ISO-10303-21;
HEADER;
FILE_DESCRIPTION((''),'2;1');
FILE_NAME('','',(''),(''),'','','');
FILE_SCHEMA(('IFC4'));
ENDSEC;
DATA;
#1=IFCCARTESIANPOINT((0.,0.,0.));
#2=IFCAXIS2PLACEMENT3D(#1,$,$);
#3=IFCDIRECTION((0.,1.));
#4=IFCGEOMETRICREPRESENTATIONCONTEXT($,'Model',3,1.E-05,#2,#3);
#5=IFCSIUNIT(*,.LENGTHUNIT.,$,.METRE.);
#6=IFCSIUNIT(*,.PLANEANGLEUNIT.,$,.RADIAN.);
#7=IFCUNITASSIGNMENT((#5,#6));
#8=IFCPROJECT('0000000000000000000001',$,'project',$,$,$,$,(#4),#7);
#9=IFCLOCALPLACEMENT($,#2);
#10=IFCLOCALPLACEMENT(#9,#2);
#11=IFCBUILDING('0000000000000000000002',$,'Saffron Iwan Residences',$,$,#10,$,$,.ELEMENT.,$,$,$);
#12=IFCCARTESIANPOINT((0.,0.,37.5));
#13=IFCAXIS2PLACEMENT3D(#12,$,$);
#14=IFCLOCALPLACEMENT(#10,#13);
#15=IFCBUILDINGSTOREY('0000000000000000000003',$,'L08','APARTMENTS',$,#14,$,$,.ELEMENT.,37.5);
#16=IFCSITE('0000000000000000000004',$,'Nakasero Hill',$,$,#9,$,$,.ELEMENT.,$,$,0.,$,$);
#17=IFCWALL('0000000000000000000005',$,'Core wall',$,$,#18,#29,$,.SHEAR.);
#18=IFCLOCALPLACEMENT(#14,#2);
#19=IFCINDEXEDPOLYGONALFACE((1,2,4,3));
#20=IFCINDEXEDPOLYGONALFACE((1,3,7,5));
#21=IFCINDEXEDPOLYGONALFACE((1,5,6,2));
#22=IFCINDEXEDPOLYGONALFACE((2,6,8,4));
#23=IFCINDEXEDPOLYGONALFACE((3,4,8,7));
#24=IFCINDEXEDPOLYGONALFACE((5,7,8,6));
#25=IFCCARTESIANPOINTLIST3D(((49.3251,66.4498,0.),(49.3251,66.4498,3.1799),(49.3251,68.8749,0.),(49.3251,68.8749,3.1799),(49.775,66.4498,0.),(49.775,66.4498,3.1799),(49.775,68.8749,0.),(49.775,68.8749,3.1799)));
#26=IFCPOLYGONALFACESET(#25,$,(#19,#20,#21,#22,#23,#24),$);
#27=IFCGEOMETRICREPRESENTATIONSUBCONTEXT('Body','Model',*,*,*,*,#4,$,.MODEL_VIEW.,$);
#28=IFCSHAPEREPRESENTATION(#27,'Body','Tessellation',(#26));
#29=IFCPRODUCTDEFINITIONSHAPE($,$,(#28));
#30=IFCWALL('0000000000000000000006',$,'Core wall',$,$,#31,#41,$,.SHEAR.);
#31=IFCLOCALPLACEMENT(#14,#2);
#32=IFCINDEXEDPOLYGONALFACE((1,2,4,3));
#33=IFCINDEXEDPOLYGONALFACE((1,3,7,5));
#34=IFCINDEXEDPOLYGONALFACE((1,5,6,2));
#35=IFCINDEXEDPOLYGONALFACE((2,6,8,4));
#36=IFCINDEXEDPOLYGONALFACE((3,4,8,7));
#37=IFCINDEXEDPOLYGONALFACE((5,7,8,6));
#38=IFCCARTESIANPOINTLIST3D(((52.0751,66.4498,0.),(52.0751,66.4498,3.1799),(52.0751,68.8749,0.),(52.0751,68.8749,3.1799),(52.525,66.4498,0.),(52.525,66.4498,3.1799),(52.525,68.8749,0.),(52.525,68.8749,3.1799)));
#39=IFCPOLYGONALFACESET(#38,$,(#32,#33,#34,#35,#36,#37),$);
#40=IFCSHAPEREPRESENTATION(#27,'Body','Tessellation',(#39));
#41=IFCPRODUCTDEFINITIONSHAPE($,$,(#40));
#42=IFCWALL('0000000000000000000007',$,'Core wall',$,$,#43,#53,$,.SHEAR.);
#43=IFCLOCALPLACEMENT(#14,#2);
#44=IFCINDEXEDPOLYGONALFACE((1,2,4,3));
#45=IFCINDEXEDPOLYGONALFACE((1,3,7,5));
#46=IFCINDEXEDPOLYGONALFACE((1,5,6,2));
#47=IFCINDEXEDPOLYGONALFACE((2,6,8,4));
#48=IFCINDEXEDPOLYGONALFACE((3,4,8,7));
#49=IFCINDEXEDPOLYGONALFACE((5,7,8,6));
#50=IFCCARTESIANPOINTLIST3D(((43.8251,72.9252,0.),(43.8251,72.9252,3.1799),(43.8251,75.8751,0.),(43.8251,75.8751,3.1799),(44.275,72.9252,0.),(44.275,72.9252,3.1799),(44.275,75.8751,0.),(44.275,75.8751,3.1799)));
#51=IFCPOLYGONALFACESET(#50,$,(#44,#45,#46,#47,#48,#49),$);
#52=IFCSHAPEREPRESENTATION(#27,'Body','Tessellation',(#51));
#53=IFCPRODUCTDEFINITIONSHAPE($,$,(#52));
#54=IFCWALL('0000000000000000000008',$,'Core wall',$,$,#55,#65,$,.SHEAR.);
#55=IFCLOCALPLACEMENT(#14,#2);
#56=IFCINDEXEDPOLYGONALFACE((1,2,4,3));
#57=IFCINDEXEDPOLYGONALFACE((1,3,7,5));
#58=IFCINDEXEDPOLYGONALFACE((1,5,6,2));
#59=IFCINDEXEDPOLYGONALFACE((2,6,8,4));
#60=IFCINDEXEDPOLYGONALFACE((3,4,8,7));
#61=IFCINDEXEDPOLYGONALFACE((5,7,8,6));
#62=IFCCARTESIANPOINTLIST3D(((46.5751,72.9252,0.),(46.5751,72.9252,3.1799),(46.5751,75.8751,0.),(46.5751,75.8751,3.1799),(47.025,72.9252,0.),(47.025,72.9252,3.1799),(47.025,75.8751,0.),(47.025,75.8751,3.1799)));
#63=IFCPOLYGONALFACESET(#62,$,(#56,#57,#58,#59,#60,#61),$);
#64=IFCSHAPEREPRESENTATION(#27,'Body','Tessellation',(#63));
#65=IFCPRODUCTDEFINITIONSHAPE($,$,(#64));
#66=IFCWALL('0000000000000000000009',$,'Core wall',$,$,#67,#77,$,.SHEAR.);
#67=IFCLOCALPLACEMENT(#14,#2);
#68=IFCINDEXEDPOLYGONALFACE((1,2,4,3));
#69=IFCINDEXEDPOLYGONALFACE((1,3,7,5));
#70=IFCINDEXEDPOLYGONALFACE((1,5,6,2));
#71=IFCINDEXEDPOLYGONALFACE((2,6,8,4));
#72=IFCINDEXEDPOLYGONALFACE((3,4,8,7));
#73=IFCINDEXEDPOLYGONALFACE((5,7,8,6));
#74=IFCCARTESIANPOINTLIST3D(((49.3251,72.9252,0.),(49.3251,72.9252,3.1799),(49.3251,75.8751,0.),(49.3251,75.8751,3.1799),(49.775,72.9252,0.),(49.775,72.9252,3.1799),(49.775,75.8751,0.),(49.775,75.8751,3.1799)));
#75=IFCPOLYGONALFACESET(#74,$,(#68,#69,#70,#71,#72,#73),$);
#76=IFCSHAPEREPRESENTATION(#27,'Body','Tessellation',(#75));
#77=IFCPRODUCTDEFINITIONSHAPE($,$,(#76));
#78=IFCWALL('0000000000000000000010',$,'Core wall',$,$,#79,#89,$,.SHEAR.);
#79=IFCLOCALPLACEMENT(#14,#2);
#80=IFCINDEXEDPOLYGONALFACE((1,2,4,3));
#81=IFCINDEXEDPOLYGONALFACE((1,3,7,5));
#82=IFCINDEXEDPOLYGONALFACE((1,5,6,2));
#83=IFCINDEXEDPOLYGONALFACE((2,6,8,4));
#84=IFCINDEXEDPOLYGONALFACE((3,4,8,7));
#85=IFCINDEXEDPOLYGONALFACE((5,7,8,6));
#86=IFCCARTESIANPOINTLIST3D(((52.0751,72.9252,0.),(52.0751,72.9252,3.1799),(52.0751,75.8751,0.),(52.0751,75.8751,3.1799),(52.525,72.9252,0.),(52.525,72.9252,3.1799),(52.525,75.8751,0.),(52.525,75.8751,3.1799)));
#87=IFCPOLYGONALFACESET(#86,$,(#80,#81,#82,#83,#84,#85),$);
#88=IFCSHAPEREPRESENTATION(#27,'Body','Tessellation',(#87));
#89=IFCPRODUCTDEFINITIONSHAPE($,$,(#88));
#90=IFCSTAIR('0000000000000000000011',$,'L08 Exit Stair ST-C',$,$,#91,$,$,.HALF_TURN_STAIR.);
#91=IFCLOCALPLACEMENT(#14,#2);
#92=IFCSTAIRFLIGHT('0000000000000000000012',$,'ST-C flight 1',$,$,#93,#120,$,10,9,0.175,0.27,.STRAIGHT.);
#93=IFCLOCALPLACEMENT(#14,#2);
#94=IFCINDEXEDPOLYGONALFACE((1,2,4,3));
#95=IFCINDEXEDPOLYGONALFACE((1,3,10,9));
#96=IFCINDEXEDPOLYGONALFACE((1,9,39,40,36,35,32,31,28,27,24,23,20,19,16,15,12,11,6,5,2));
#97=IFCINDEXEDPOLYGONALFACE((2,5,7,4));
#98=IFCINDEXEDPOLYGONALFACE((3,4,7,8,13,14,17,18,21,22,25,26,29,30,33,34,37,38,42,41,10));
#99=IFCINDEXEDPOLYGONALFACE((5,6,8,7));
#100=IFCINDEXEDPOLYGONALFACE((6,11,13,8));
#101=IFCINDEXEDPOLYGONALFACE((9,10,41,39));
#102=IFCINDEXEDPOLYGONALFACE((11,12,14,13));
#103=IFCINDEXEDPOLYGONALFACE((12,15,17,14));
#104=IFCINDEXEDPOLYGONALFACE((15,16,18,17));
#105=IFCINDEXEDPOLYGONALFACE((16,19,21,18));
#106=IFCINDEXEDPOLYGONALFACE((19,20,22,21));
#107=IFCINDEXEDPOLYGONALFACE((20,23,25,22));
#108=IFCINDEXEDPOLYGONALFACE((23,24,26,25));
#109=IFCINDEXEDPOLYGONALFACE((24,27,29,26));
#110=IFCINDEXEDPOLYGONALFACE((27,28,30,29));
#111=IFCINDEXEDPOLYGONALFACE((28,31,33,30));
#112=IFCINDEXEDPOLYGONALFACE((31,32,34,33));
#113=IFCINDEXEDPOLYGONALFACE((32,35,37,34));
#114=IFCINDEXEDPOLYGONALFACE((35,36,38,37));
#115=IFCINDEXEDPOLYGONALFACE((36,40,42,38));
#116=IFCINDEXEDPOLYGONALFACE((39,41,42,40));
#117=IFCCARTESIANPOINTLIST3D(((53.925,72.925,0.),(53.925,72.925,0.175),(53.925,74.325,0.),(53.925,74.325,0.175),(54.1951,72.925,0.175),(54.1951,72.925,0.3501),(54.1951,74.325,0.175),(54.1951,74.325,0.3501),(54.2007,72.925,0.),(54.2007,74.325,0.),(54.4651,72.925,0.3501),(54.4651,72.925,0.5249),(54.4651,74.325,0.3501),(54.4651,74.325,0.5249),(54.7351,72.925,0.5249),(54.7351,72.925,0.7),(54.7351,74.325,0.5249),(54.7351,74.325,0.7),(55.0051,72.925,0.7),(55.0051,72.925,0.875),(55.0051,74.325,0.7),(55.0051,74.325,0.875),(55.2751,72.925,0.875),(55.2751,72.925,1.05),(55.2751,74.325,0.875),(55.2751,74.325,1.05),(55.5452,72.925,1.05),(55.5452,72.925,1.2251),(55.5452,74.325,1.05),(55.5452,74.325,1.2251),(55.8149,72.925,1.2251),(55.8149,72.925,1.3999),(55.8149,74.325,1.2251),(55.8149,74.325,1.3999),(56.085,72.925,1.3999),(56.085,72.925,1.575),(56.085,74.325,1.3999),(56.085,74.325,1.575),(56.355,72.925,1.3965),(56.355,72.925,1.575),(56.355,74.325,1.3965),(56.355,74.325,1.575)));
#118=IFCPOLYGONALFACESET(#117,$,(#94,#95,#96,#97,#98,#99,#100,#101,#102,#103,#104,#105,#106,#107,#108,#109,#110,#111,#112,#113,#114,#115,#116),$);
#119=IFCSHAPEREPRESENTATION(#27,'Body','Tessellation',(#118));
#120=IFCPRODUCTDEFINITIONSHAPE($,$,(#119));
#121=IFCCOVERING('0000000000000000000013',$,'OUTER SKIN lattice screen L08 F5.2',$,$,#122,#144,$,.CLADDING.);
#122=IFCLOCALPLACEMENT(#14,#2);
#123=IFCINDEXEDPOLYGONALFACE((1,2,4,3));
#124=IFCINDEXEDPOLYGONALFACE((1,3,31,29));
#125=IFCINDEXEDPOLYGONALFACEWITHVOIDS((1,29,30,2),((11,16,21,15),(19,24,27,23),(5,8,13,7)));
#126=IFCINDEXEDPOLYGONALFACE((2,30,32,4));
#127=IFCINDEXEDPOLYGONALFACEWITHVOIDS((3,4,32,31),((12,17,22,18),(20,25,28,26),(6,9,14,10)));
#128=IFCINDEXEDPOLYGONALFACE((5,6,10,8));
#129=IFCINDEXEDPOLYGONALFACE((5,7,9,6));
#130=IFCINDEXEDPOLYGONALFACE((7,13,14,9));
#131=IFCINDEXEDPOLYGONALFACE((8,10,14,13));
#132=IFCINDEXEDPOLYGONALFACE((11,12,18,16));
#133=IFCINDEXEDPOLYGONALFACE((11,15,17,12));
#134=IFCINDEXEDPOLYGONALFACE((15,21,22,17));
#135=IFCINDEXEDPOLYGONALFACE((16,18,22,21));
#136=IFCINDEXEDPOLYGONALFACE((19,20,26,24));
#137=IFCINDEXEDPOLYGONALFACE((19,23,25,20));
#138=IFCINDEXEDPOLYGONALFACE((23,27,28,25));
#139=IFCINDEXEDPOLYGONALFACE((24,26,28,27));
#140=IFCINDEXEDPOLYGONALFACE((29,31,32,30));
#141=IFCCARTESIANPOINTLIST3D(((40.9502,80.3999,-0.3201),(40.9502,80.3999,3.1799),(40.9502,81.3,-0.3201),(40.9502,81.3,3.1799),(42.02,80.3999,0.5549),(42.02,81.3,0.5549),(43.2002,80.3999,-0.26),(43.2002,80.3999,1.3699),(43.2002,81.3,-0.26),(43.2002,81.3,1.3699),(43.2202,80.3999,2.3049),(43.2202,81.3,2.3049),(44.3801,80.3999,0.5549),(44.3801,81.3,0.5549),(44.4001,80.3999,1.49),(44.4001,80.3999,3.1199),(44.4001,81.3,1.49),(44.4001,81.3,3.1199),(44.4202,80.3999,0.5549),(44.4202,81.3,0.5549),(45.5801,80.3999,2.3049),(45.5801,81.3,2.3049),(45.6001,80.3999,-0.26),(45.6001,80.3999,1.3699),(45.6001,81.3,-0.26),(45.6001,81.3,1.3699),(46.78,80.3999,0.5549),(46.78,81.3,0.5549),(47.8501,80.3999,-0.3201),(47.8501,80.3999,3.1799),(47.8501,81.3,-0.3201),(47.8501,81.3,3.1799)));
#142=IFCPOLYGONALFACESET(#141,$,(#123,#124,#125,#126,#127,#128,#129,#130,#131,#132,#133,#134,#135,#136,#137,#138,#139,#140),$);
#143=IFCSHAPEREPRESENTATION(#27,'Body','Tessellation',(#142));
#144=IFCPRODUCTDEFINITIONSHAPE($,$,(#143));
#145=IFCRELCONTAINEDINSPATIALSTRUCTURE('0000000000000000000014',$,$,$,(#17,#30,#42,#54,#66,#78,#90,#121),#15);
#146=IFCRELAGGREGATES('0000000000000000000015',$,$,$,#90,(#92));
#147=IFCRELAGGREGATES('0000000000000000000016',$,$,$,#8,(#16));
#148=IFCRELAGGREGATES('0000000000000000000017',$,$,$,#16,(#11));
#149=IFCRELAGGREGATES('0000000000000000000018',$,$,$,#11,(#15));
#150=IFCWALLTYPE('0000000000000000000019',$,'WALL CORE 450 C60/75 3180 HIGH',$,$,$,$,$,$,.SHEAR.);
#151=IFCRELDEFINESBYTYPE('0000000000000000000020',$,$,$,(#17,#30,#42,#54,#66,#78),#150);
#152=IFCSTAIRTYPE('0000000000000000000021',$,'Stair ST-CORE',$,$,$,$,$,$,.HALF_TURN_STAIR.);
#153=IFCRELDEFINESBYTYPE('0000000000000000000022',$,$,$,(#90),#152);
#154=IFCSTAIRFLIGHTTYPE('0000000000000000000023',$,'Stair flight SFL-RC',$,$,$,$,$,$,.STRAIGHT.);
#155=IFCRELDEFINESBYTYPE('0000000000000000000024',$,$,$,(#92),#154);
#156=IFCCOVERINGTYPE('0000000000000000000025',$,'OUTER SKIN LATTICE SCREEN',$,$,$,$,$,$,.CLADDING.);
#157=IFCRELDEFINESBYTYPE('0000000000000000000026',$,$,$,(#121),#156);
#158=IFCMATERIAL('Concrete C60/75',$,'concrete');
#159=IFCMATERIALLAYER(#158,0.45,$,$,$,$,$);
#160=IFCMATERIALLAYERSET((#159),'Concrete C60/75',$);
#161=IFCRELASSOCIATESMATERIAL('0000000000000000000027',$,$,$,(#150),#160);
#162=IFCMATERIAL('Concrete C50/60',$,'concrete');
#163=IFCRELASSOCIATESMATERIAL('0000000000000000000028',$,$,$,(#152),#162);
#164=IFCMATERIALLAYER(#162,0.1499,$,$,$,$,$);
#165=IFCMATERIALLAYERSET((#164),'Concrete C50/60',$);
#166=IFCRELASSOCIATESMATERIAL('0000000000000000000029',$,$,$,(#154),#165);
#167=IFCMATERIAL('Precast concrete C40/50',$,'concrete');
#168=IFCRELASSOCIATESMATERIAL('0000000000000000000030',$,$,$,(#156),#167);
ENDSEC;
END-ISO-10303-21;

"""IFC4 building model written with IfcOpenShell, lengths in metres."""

from ifc_helpers import new_model, si_unit, direction, frame, frame_2d, origin, place, context, subcontext, project, spatial, polyline, rectangle, outline, extrude, material, layer, layer_set, type_object, element, aggregate, save


model = new_model("IFC4")

# Units and contexts
model_context = context("Model", 3, precision=1e-05, world=origin(), true_north=direction((0.0, 1.0)))
body_context = subcontext(model_context, "Body", "Model", "MODEL_VIEW")
ifc_project = project(units=[si_unit("LENGTHUNIT", "METRE"), si_unit("PLANEANGLEUNIT", "RADIAN")], contexts=[model_context])

# Site, building, storey
site_placement = place(None, origin())
site = spatial("IfcSite", under=ifc_project, at=site_placement, Name="Nakasero Hill", CompositionType="ELEMENT", RefElevation=0.0)
building_placement = place(site_placement, origin())
building = spatial("IfcBuilding", under=site, at=building_placement, Name="Saffron Iwan Residences", CompositionType="ELEMENT")
storey_placement = place(building_placement, frame((0.0, 0.0, 37.5)))
storey = spatial("IfcBuildingStorey", under=building, at=storey_placement, Name="L08", Description="APARTMENTS", CompositionType="ELEMENT", Elevation=37.5)

# Shared definitions
ifc_material_1 = material(Name="Concrete C60/75", Category="concrete")

# Walls
ifc_layer_1 = layer(ifc_material_1, 0.45)
ifc_layer_set_1 = layer_set([ifc_layer_1], Name="Concrete C60/75")
wall_type_1 = type_object("IfcWallType", Name="WALL CORE 450 C60/75 3180 HIGH", PredefinedType="SHEAR", material=ifc_layer_set_1)
for number, where, z_axis, x_axis, name in (
    (1, (49.55, 66.45, 0.0), (0.0, 0.0, 1.0), (0.0, 1.0, 0.0), "Core wall"),
    (2, (52.3, 66.45, 0.0), (0.0, 0.0, 1.0), (0.0, 1.0, 0.0), "Core wall"),
):
    element("IfcWall", number, at=place(storey_placement, frame(where, z_axis=z_axis, x_axis=x_axis)), inside=storey, type_object=wall_type_1, Name=name, PredefinedType="SHEAR", context=body_context, shape_type="SweptSolid", body=[
        extrude(rectangle(XDim=2.425, YDim=0.45, at=frame_2d((1.2124, 0.0))), origin(), (0.0, 0.0, 1.0), 3.1799),
    ])
for number, where, z_axis, x_axis, name in (
    (3, (44.05, 72.925, 0.0), (0.0, 0.0, 1.0), (0.0, 1.0, 0.0), "Core wall"),
    (4, (46.8, 72.925, 0.0), (0.0, 0.0, 1.0), (0.0, 1.0, 0.0), "Core wall"),
    (5, (49.55, 72.925, 0.0), (0.0, 0.0, 1.0), (0.0, 1.0, 0.0), "Core wall"),
    (6, (52.3, 72.925, 0.0), (0.0, 0.0, 1.0), (0.0, 1.0, 0.0), "Core wall"),
):
    element("IfcWall", number, at=place(storey_placement, frame(where, z_axis=z_axis, x_axis=x_axis)), inside=storey, type_object=wall_type_1, Name=name, PredefinedType="SHEAR", context=body_context, shape_type="SweptSolid", body=[
        extrude(rectangle(XDim=2.95, YDim=0.45, at=frame_2d((1.4751, 0.0))), origin(), (0.0, 0.0, 1.0), 3.1799),
    ])

# Stair, stair flight
ifc_material_2 = material(Name="Concrete C50/60", Category="concrete")
stair_type = type_object("IfcStairType", Name="Stair ST-CORE", PredefinedType="HALF_TURN_STAIR", material=ifc_material_2)
stair_placement = place(storey_placement, origin())
stair = element("IfcStair", 7, at=stair_placement, inside=storey, type_object=stair_type, Name="L08 Exit Stair ST-C", PredefinedType="HALF_TURN_STAIR")
ifc_layer_2 = layer(ifc_material_2, 0.1499)
ifc_layer_set_2 = layer_set([ifc_layer_2], Name="Concrete C50/60")
stair_flight_type = type_object("IfcStairFlightType", Name="Stair flight SFL-RC", PredefinedType="STRAIGHT", material=ifc_layer_set_2)
stair_flight_placement = place(storey_placement, frame((53.925, 73.625, 0.0), z_axis=(0.0, 0.0, 1.0), x_axis=(1.0, 0.0, 0.0)))
stair_flight = element("IfcStairFlight", 8, at=stair_flight_placement, type_object=stair_flight_type, Name="ST-C flight 1", NumberOfRisers=10, NumberOfTreads=9, PredefinedType="STRAIGHT", RiserHeight=0.175, TreadLength=0.27, context=body_context, shape_type="SweptSolid", body=[
    extrude(outline(polyline([(0.0, 0.0), (0.0, 0.175), (0.27, 0.175), (0.27, 0.3501), (0.54, 0.3501), (0.54, 0.5249), (0.8101, 0.5249), (0.8101, 0.7), (1.0801, 0.7), (1.0801, 0.875), (1.3501, 0.875), (1.3501, 1.05), (1.6201, 1.05), (1.6201, 1.2251), (1.8899, 1.2251), (1.8899, 1.3999), (2.1599, 1.3999), (2.1599, 1.575), (2.4299, 1.575), (2.4299, 1.75), (2.4299, 1.3965), (0.2756, 0.0), (0.0, 0.0)])), frame((0.0, 0.7, 0.0), z_axis=(0.0, -1.0, 0.0), x_axis=(1.0, 0.0, 0.0)), (0.0, 0.0, 1.0), 1.3999),
])
aggregate(stair, [stair_flight])

# Covering
ifc_material_3 = material(Name="Precast concrete C40/50", Category="concrete")
covering_type_1 = type_object("IfcCoveringType", Name="OUTER SKIN LATTICE SCREEN", PredefinedType="CLADDING", material=ifc_material_3)
covering_placement = place(storey_placement, frame((47.8501, 80.3999, -0.3201), z_axis=(0.0, 1.0, 0.0), x_axis=(-1.0, 0.0, 0.0)))
element("IfcCovering", 9, at=covering_placement, inside=storey, type_object=covering_type_1, Name="OUTER SKIN lattice screen L08 F5.2", PredefinedType="CLADDING", context=body_context, shape_type="SweptSolid", body=[
    extrude(outline(polyline([(0.0, 0.0), (6.8999, 0.0), (6.8999, 3.5), (0.0, 3.5), (0.0, 0.0)]), holes=[polyline([(1.0701, 0.875), (2.25, 0.0601), (3.4299, 0.875), (2.25, 1.6899), (1.0701, 0.875)]), polyline([(3.47, 0.875), (4.6499, 0.0601), (5.8301, 0.875), (4.6499, 1.6899), (3.47, 0.875)]), polyline([(2.27, 2.625), (3.45, 1.8101), (4.6299, 2.625), (3.45, 3.4399), (2.27, 2.625)])]), origin(), (0.0, 0.0, 1.0), 0.9001),
])

save(model, "model.ifc")
